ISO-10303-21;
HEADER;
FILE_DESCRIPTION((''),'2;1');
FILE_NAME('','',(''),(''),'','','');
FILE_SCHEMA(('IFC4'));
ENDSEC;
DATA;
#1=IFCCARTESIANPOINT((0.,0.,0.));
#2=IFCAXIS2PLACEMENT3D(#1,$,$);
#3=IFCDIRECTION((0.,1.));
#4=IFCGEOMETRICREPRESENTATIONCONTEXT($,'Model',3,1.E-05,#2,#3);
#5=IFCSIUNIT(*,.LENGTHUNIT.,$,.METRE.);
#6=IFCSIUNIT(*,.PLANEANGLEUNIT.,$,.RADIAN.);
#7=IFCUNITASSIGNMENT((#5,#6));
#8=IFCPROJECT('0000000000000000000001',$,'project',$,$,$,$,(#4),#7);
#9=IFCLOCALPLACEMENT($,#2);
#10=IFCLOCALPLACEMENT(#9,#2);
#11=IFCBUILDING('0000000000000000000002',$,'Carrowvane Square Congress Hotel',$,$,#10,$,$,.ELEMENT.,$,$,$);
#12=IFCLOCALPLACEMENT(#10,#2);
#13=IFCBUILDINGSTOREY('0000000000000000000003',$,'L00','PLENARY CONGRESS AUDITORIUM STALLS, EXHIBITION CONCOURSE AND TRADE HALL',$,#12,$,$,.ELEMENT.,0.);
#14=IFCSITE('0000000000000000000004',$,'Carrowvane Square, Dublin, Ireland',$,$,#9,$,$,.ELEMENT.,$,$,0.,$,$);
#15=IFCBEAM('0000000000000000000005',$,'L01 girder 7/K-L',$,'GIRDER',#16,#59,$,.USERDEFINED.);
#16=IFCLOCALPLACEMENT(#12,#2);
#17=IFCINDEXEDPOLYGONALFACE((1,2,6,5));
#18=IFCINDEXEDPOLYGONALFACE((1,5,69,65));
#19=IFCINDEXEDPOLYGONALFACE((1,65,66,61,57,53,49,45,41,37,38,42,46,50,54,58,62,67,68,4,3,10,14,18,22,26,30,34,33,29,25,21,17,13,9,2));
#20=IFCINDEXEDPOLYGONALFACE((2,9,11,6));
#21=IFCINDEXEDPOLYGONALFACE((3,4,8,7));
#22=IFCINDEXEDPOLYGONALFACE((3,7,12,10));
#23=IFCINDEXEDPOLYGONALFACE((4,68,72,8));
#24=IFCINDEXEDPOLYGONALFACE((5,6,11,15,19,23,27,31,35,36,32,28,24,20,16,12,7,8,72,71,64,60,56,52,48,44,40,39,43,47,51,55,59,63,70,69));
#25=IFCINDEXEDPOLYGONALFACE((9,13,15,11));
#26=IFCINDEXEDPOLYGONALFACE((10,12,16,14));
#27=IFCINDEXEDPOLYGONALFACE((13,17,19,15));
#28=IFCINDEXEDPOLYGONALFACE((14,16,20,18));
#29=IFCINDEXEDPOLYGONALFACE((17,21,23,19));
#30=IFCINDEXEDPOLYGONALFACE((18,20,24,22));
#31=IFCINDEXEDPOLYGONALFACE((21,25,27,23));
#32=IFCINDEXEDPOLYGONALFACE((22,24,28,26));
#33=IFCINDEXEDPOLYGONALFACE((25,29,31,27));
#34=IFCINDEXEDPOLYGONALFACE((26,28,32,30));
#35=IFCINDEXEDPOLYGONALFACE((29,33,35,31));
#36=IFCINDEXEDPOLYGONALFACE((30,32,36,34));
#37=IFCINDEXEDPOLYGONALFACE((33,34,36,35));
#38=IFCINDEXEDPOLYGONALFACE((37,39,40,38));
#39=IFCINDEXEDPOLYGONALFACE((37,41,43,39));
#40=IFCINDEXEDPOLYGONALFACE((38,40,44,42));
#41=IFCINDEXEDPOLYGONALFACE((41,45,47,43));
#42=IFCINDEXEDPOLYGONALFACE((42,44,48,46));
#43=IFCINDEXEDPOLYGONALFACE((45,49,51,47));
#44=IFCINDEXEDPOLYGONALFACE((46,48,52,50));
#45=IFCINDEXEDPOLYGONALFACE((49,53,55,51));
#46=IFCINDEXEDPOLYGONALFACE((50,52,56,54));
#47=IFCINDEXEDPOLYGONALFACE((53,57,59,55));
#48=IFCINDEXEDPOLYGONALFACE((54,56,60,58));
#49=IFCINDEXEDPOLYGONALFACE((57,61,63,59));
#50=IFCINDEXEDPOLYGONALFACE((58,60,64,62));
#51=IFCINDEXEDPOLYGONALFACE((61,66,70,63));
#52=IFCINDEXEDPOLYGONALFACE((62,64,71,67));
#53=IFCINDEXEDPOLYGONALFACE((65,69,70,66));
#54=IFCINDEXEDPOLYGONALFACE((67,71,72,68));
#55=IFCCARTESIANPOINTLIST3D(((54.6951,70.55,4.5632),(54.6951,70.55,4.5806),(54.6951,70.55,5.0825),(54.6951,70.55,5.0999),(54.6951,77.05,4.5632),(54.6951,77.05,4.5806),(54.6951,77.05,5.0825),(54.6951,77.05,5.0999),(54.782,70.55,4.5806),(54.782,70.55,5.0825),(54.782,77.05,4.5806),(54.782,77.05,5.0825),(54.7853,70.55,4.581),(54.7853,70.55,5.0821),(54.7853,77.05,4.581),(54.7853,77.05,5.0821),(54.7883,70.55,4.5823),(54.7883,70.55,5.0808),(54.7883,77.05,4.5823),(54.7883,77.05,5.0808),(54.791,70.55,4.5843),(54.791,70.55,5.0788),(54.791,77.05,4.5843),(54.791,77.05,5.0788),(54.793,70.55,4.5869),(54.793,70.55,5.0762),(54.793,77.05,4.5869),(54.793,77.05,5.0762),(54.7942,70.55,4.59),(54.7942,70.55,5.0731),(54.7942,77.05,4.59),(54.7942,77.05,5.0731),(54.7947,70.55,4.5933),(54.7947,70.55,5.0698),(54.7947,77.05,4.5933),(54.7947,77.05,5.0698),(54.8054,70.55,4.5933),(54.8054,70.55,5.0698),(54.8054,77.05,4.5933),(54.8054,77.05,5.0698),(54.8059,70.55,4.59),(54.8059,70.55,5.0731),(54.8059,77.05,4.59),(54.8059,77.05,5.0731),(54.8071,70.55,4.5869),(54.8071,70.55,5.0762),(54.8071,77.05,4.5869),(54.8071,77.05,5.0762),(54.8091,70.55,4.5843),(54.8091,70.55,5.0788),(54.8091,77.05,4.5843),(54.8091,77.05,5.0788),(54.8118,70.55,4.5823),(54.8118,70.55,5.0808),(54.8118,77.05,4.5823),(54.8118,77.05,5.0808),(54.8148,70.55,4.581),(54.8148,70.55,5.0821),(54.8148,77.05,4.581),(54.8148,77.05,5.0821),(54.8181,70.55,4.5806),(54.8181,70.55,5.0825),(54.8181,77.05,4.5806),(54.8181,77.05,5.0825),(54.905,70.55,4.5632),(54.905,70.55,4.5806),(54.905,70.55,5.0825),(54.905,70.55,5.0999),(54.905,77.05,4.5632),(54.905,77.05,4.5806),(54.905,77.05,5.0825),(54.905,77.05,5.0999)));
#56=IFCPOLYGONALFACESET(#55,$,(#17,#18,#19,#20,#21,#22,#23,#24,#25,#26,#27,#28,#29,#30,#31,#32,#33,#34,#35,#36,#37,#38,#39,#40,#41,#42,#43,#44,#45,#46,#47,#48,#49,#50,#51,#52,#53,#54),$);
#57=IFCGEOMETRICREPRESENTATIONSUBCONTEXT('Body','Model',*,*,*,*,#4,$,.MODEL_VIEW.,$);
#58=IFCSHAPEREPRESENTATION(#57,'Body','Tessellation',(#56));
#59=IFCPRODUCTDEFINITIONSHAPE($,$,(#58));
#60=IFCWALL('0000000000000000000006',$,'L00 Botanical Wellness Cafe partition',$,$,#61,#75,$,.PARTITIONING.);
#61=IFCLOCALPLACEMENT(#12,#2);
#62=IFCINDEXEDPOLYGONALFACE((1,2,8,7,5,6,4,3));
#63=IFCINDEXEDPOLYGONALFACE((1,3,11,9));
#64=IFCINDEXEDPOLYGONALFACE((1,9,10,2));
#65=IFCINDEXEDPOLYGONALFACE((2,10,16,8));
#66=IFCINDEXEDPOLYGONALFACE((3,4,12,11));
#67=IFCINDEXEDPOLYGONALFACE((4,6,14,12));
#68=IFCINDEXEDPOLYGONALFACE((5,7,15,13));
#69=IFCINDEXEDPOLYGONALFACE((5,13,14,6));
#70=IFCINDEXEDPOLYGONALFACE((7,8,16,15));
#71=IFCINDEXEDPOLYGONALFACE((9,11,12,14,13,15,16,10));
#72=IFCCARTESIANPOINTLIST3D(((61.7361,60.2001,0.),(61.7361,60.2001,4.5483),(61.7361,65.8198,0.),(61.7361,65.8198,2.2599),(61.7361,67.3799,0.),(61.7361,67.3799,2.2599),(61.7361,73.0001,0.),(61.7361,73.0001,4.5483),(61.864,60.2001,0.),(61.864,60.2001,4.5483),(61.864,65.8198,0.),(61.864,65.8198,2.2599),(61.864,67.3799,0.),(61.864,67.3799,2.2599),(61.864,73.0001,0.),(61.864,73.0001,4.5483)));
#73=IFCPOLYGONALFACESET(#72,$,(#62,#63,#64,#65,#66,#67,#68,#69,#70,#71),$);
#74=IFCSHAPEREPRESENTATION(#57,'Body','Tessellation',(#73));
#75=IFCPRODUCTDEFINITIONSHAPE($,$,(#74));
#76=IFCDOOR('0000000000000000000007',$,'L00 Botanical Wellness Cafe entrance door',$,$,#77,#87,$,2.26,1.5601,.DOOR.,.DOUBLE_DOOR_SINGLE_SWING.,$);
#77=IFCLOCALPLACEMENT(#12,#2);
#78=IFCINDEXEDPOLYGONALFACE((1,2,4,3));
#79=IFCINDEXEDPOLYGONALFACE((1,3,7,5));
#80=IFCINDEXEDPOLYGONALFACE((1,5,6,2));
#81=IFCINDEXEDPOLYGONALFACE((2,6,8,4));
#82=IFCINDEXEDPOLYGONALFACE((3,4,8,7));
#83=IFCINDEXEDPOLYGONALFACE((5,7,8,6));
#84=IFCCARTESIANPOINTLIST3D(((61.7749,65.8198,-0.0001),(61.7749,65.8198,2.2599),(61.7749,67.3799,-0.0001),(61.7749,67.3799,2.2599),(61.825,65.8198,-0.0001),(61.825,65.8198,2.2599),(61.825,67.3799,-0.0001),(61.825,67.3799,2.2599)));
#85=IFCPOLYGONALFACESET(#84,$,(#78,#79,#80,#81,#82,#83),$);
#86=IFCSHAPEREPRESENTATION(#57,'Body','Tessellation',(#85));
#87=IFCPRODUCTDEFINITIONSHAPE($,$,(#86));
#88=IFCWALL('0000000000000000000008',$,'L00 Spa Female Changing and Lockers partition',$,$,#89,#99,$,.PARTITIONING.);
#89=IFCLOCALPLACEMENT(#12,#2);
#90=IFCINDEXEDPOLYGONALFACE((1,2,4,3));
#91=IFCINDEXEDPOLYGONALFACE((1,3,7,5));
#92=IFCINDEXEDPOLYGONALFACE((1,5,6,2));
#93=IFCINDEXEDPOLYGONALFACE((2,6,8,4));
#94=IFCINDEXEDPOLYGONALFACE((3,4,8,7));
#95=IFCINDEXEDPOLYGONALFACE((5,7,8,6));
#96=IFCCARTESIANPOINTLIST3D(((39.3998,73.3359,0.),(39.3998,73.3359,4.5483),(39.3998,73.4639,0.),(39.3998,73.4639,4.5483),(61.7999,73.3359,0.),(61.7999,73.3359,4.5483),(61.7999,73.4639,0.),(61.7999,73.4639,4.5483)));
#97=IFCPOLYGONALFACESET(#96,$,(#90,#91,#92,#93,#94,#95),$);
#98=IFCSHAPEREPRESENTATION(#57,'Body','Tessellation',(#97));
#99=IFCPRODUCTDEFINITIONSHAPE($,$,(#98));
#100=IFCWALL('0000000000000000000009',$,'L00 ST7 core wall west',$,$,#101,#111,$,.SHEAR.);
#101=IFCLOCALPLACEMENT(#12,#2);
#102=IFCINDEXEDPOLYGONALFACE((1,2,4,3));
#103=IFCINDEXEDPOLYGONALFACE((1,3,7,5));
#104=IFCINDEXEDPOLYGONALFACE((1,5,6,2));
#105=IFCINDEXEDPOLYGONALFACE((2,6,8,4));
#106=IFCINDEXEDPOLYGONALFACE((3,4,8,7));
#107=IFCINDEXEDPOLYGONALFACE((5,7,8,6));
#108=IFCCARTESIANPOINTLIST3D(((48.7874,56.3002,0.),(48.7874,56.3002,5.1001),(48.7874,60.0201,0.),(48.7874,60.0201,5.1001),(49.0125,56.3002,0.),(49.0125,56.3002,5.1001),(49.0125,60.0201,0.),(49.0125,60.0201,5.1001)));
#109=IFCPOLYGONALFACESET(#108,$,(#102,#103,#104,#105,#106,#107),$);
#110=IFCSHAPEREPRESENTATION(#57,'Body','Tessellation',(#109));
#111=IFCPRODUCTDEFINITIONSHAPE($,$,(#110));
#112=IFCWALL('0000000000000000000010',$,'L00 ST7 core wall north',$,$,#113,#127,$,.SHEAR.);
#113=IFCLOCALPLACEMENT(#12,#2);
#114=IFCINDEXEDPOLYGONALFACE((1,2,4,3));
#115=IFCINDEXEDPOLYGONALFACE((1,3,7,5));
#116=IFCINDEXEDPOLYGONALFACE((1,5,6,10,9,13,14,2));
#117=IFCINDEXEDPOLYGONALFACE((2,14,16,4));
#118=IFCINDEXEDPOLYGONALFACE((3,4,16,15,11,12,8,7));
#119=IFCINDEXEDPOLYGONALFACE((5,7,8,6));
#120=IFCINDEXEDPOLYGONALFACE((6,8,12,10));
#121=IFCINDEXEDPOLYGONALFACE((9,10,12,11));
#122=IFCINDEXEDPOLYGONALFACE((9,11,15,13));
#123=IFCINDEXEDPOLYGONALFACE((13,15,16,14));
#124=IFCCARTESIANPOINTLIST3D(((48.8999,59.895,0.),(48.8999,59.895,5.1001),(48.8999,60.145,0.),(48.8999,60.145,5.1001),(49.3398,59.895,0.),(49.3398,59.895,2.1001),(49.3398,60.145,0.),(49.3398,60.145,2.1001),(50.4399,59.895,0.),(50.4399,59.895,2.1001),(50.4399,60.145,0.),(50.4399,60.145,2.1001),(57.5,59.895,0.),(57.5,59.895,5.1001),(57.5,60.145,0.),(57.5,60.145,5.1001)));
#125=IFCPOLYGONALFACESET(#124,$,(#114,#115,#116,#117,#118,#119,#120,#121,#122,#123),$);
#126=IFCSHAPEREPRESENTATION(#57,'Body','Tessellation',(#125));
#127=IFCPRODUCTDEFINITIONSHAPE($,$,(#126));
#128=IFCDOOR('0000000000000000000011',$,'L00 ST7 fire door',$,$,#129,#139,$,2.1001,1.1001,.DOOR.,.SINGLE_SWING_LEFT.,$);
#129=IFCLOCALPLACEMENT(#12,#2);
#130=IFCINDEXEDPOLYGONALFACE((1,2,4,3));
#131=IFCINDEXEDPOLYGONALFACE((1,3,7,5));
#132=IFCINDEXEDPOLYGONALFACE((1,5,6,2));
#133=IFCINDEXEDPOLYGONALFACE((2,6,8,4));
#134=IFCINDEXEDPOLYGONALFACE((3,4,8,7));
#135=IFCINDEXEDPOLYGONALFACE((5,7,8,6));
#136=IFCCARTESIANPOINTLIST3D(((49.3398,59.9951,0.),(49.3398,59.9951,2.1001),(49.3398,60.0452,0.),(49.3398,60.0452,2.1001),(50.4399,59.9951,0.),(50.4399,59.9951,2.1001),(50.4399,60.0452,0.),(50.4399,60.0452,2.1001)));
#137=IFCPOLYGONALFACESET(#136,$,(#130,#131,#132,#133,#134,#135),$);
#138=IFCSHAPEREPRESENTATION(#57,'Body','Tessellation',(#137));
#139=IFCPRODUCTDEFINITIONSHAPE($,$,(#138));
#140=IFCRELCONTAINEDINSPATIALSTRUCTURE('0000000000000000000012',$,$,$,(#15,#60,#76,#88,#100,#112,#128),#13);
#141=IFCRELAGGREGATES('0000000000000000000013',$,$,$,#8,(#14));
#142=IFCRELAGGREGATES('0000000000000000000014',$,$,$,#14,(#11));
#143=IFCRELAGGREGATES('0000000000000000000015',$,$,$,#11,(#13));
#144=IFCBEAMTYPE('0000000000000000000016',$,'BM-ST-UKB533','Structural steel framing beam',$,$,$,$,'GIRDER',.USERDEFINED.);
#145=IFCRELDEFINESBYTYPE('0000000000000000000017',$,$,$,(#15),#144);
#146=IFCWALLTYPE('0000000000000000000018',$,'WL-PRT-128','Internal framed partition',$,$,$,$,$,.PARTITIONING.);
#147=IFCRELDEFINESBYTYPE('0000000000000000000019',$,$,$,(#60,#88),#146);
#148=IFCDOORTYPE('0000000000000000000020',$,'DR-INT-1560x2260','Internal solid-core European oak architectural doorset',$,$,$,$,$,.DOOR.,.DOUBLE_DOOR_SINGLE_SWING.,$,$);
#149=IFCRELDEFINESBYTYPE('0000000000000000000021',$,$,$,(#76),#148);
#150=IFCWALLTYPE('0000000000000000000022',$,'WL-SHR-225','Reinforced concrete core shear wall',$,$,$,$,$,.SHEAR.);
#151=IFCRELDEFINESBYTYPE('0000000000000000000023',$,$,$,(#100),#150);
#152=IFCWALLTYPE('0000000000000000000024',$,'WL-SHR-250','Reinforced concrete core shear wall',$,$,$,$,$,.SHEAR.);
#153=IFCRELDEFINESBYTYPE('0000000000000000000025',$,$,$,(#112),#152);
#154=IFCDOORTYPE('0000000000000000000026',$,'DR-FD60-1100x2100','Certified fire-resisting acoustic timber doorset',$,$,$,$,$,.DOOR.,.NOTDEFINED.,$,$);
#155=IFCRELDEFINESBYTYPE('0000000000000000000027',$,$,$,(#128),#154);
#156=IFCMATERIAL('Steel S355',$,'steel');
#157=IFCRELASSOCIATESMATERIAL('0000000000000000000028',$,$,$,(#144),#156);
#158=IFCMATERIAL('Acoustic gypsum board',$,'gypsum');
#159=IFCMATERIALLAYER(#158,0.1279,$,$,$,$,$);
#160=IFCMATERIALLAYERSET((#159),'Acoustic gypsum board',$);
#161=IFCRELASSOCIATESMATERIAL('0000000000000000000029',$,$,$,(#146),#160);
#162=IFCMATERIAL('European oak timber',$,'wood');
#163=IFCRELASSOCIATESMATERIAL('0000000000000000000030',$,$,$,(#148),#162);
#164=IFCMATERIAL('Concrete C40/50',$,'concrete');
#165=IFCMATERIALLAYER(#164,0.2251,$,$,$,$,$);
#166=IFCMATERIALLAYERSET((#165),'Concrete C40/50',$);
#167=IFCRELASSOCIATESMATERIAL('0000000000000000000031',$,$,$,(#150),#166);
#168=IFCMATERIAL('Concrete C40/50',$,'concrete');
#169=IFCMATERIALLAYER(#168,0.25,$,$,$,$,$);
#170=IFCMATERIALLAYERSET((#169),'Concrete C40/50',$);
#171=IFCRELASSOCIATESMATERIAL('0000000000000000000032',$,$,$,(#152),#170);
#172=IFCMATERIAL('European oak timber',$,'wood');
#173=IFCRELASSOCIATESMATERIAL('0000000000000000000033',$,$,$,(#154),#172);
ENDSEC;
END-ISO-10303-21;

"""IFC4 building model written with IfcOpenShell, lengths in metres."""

from ifc_helpers import new_model, si_unit, direction, frame, frame_2d, origin, origin_2d, place, context, subcontext, project, spatial, rectangle, i_section, extrude, material, layer, layer_set, material_profile, profile_set, type_object, element, fill, save


model = new_model("IFC4")

# Units and contexts
model_context = context("Model", 3, precision=1e-05, world=origin(), true_north=direction((0.0, 1.0)))
body_context = subcontext(model_context, "Body", "Model", "MODEL_VIEW")
ifc_project = project(units=[si_unit("LENGTHUNIT", "METRE"), si_unit("PLANEANGLEUNIT", "RADIAN")], contexts=[model_context])

# Site, building, storey
site_placement = place(None, origin())
site = spatial("IfcSite", under=ifc_project, at=site_placement, Name="Carrowvane Square, Dublin, Ireland", CompositionType="ELEMENT", RefElevation=0.0)
building_placement = place(site_placement, origin())
building = spatial("IfcBuilding", under=site, at=building_placement, Name="Carrowvane Square Congress Hotel", CompositionType="ELEMENT")
storey_placement = place(building_placement, origin())
storey = spatial("IfcBuildingStorey", under=building, at=storey_placement, Name="L00", Description="PLENARY CONGRESS AUDITORIUM STALLS, EXHIBITION CONCOURSE AND TRADE HALL", CompositionType="ELEMENT", Elevation=0.0)

# Beam
ifc_material_1 = material(Name="Steel S355", Category="steel")
ifc_material_profile_1 = material_profile(ifc_material_1, i_section(OverallWidth=0.21, OverallDepth=0.5366, WebThickness=0.0107, FlangeThickness=0.0173, FilletRadius=0.0127, at=origin_2d()), Name="UKB 533x210x101")
ifc_profile_set_1 = profile_set([ifc_material_profile_1], Name="Steel S355")
beam_type_1 = type_object("IfcBeamType", Name="BM-ST-UKB533", Description="Structural steel framing beam", ElementType="GIRDER", PredefinedType="USERDEFINED", material=ifc_profile_set_1)
for number, where, z_axis, x_axis, name in (
    (1, (54.8, 70.55, 4.8315), (0.0, 1.0, 0.0), (-1.0, 0.0, 0.0), "L01 girder 7/K-L"),
):
    element("IfcBeam", number, at=place(storey_placement, frame(where, z_axis=z_axis, x_axis=x_axis)), inside=storey, type_object=beam_type_1, Name=name, ObjectType="GIRDER", PredefinedType="USERDEFINED", context=body_context, shape_type="SweptSolid", body=[
        extrude(i_section(OverallWidth=0.21, OverallDepth=0.5366, WebThickness=0.0107, FlangeThickness=0.0173, FilletRadius=0.0127, at=origin_2d()), origin(), (0.0, 0.0, 1.0), 6.5),
    ])

# Wall, opening, door
ifc_material_2 = material(Name="Acoustic gypsum board", Category="gypsum")
ifc_layer_1 = layer(ifc_material_2, 0.1279)
ifc_layer_set_1 = layer_set([ifc_layer_1], Name="Acoustic gypsum board")
wall_type_1 = type_object("IfcWallType", Name="WL-PRT-128", Description="Internal framed partition", PredefinedType="PARTITIONING", material=ifc_layer_set_1)
wall_1_placement = place(storey_placement, frame((61.8, 73.0, 0.0), z_axis=(0.0, 0.0, 1.0), x_axis=(0.0, -1.0, 0.0)))
wall_1 = element("IfcWall", 2, at=wall_1_placement, inside=storey, type_object=wall_type_1, Name="L00 Botanical Wellness Cafe partition", PredefinedType="PARTITIONING", context=body_context, shape_type="SweptSolid", body=[
    extrude(rectangle(XDim=12.8, YDim=0.1279, at=frame_2d((6.3999, 0.0))), origin(), (0.0, 0.0, 1.0), 4.5483),
])
opening_1_placement = place(wall_1_placement, frame((5.6201, 0.0, 0.0)))
opening_1 = element("IfcOpeningElement", 3, at=opening_1_placement, cuts=wall_1, PredefinedType="OPENING", context=body_context, shape_type="SweptSolid", body=[
    extrude(rectangle(XDim=1.5601, YDim=2.26, at=frame_2d((0.78, 1.1299))), frame((0.0, 0.074, 0.0), z_axis=(0.0, -1.0, 0.0), x_axis=(1.0, 0.0, 0.0)), (0.0, 0.0, 1.0), 0.1479),
])
ifc_material_3 = material(Name="European oak timber", Category="wood")
door_type_1 = type_object("IfcDoorType", Name="DR-INT-1560x2260", Description="Internal solid-core European oak architectural doorset", OperationType="DOUBLE_DOOR_SINGLE_SWING", PredefinedType="DOOR", material=ifc_material_3)
door_1_placement = place(opening_1_placement, origin())
door_1 = element("IfcDoor", 4, at=door_1_placement, inside=storey, type_object=door_type_1, Name="L00 Botanical Wellness Cafe entrance door", OperationType="DOUBLE_DOOR_SINGLE_SWING", OverallHeight=2.26, OverallWidth=1.5601, PredefinedType="DOOR", context=body_context, shape_type="SweptSolid", body=[
    extrude(rectangle(XDim=1.5601, YDim=2.26, at=frame_2d((0.78, 1.1299))), frame((0.0, 0.0249, 0.0), z_axis=(0.0, -1.0, 0.0), x_axis=(1.0, 0.0, 0.0)), (0.0, 0.0, 1.0), 0.05),
])
fill(opening_1, door_1)

# Walls
wall_2_placement = place(storey_placement, frame((61.8, 73.3999, 0.0), z_axis=(0.0, 0.0, 1.0), x_axis=(-1.0, 0.0, 0.0)))
element("IfcWall", 5, at=wall_2_placement, inside=storey, type_object=wall_type_1, Name="L00 Spa Female Changing and Lockers partition", PredefinedType="PARTITIONING", context=body_context, shape_type="SweptSolid", body=[
    extrude(rectangle(XDim=22.4001, YDim=0.1279, at=frame_2d((11.2002, 0.0))), origin(), (0.0, 0.0, 1.0), 4.5483),
])
ifc_material_4 = material(Name="Concrete C40/50", Category="concrete")
ifc_layer_2 = layer(ifc_material_4, 0.2251)
ifc_layer_set_2 = layer_set([ifc_layer_2], Name="Concrete C40/50")
wall_type_2 = type_object("IfcWallType", Name="WL-SHR-225", Description="Reinforced concrete core shear wall", PredefinedType="SHEAR", material=ifc_layer_set_2)
wall_3_placement = place(storey_placement, frame((48.8999, 60.02, 0.0), z_axis=(0.0, 0.0, 1.0), x_axis=(0.0, -1.0, 0.0)))
element("IfcWall", 6, at=wall_3_placement, inside=storey, type_object=wall_type_2, Name="L00 ST7 core wall west", PredefinedType="SHEAR", context=body_context, shape_type="SweptSolid", body=[
    extrude(rectangle(XDim=3.72, YDim=0.2251, at=frame_2d((1.8599, 0.0))), origin(), (0.0, 0.0, 1.0), 5.1001),
])

# Wall, opening, door
ifc_material_5 = material(Name="Concrete C40/50", Category="concrete")
ifc_layer_3 = layer(ifc_material_5, 0.25)
ifc_layer_set_3 = layer_set([ifc_layer_3], Name="Concrete C40/50")
wall_type_3 = type_object("IfcWallType", Name="WL-SHR-250", Description="Reinforced concrete core shear wall", PredefinedType="SHEAR", material=ifc_layer_set_3)
wall_4_placement = place(storey_placement, frame((57.5, 60.02, 0.0), z_axis=(0.0, 0.0, 1.0), x_axis=(-1.0, 0.0, 0.0)))
wall_4 = element("IfcWall", 7, at=wall_4_placement, inside=storey, type_object=wall_type_3, Name="L00 ST7 core wall north", PredefinedType="SHEAR", context=body_context, shape_type="SweptSolid", body=[
    extrude(rectangle(XDim=8.6001, YDim=0.25, at=frame_2d((4.3, 0.0))), origin(), (0.0, 0.0, 1.0), 5.1001),
])
opening_2_placement = place(wall_4_placement, frame((7.0601, 0.0, 0.0)))
opening_2 = element("IfcOpeningElement", 8, at=opening_2_placement, cuts=wall_4, PredefinedType="OPENING", context=body_context, shape_type="SweptSolid", body=[
    extrude(rectangle(XDim=1.1001, YDim=2.1001, at=frame_2d((0.55, 1.05))), frame((0.0, 0.135, 0.0), z_axis=(0.0, -1.0, 0.0), x_axis=(1.0, 0.0, 0.0)), (0.0, 0.0, 1.0), 0.27),
])
ifc_material_6 = material(Name="European oak timber", Category="wood")
door_type_2 = type_object("IfcDoorType", Name="DR-FD60-1100x2100", Description="Certified fire-resisting acoustic timber doorset", OperationType="NOTDEFINED", PredefinedType="DOOR", material=ifc_material_6)
door_2_placement = place(opening_2_placement, origin())
door_2 = element("IfcDoor", 9, at=door_2_placement, inside=storey, type_object=door_type_2, Name="L00 ST7 fire door", OperationType="SINGLE_SWING_LEFT", OverallHeight=2.1001, OverallWidth=1.1001, PredefinedType="DOOR", context=body_context, shape_type="SweptSolid", body=[
    extrude(rectangle(XDim=1.1001, YDim=2.1001, at=frame_2d((0.55, 1.05))), frame((0.0, 0.0249, 0.0), z_axis=(0.0, -1.0, 0.0), x_axis=(1.0, 0.0, 0.0)), (0.0, 0.0, 1.0), 0.05),
])
fill(opening_2, door_2)

save(model, "model.ifc")
